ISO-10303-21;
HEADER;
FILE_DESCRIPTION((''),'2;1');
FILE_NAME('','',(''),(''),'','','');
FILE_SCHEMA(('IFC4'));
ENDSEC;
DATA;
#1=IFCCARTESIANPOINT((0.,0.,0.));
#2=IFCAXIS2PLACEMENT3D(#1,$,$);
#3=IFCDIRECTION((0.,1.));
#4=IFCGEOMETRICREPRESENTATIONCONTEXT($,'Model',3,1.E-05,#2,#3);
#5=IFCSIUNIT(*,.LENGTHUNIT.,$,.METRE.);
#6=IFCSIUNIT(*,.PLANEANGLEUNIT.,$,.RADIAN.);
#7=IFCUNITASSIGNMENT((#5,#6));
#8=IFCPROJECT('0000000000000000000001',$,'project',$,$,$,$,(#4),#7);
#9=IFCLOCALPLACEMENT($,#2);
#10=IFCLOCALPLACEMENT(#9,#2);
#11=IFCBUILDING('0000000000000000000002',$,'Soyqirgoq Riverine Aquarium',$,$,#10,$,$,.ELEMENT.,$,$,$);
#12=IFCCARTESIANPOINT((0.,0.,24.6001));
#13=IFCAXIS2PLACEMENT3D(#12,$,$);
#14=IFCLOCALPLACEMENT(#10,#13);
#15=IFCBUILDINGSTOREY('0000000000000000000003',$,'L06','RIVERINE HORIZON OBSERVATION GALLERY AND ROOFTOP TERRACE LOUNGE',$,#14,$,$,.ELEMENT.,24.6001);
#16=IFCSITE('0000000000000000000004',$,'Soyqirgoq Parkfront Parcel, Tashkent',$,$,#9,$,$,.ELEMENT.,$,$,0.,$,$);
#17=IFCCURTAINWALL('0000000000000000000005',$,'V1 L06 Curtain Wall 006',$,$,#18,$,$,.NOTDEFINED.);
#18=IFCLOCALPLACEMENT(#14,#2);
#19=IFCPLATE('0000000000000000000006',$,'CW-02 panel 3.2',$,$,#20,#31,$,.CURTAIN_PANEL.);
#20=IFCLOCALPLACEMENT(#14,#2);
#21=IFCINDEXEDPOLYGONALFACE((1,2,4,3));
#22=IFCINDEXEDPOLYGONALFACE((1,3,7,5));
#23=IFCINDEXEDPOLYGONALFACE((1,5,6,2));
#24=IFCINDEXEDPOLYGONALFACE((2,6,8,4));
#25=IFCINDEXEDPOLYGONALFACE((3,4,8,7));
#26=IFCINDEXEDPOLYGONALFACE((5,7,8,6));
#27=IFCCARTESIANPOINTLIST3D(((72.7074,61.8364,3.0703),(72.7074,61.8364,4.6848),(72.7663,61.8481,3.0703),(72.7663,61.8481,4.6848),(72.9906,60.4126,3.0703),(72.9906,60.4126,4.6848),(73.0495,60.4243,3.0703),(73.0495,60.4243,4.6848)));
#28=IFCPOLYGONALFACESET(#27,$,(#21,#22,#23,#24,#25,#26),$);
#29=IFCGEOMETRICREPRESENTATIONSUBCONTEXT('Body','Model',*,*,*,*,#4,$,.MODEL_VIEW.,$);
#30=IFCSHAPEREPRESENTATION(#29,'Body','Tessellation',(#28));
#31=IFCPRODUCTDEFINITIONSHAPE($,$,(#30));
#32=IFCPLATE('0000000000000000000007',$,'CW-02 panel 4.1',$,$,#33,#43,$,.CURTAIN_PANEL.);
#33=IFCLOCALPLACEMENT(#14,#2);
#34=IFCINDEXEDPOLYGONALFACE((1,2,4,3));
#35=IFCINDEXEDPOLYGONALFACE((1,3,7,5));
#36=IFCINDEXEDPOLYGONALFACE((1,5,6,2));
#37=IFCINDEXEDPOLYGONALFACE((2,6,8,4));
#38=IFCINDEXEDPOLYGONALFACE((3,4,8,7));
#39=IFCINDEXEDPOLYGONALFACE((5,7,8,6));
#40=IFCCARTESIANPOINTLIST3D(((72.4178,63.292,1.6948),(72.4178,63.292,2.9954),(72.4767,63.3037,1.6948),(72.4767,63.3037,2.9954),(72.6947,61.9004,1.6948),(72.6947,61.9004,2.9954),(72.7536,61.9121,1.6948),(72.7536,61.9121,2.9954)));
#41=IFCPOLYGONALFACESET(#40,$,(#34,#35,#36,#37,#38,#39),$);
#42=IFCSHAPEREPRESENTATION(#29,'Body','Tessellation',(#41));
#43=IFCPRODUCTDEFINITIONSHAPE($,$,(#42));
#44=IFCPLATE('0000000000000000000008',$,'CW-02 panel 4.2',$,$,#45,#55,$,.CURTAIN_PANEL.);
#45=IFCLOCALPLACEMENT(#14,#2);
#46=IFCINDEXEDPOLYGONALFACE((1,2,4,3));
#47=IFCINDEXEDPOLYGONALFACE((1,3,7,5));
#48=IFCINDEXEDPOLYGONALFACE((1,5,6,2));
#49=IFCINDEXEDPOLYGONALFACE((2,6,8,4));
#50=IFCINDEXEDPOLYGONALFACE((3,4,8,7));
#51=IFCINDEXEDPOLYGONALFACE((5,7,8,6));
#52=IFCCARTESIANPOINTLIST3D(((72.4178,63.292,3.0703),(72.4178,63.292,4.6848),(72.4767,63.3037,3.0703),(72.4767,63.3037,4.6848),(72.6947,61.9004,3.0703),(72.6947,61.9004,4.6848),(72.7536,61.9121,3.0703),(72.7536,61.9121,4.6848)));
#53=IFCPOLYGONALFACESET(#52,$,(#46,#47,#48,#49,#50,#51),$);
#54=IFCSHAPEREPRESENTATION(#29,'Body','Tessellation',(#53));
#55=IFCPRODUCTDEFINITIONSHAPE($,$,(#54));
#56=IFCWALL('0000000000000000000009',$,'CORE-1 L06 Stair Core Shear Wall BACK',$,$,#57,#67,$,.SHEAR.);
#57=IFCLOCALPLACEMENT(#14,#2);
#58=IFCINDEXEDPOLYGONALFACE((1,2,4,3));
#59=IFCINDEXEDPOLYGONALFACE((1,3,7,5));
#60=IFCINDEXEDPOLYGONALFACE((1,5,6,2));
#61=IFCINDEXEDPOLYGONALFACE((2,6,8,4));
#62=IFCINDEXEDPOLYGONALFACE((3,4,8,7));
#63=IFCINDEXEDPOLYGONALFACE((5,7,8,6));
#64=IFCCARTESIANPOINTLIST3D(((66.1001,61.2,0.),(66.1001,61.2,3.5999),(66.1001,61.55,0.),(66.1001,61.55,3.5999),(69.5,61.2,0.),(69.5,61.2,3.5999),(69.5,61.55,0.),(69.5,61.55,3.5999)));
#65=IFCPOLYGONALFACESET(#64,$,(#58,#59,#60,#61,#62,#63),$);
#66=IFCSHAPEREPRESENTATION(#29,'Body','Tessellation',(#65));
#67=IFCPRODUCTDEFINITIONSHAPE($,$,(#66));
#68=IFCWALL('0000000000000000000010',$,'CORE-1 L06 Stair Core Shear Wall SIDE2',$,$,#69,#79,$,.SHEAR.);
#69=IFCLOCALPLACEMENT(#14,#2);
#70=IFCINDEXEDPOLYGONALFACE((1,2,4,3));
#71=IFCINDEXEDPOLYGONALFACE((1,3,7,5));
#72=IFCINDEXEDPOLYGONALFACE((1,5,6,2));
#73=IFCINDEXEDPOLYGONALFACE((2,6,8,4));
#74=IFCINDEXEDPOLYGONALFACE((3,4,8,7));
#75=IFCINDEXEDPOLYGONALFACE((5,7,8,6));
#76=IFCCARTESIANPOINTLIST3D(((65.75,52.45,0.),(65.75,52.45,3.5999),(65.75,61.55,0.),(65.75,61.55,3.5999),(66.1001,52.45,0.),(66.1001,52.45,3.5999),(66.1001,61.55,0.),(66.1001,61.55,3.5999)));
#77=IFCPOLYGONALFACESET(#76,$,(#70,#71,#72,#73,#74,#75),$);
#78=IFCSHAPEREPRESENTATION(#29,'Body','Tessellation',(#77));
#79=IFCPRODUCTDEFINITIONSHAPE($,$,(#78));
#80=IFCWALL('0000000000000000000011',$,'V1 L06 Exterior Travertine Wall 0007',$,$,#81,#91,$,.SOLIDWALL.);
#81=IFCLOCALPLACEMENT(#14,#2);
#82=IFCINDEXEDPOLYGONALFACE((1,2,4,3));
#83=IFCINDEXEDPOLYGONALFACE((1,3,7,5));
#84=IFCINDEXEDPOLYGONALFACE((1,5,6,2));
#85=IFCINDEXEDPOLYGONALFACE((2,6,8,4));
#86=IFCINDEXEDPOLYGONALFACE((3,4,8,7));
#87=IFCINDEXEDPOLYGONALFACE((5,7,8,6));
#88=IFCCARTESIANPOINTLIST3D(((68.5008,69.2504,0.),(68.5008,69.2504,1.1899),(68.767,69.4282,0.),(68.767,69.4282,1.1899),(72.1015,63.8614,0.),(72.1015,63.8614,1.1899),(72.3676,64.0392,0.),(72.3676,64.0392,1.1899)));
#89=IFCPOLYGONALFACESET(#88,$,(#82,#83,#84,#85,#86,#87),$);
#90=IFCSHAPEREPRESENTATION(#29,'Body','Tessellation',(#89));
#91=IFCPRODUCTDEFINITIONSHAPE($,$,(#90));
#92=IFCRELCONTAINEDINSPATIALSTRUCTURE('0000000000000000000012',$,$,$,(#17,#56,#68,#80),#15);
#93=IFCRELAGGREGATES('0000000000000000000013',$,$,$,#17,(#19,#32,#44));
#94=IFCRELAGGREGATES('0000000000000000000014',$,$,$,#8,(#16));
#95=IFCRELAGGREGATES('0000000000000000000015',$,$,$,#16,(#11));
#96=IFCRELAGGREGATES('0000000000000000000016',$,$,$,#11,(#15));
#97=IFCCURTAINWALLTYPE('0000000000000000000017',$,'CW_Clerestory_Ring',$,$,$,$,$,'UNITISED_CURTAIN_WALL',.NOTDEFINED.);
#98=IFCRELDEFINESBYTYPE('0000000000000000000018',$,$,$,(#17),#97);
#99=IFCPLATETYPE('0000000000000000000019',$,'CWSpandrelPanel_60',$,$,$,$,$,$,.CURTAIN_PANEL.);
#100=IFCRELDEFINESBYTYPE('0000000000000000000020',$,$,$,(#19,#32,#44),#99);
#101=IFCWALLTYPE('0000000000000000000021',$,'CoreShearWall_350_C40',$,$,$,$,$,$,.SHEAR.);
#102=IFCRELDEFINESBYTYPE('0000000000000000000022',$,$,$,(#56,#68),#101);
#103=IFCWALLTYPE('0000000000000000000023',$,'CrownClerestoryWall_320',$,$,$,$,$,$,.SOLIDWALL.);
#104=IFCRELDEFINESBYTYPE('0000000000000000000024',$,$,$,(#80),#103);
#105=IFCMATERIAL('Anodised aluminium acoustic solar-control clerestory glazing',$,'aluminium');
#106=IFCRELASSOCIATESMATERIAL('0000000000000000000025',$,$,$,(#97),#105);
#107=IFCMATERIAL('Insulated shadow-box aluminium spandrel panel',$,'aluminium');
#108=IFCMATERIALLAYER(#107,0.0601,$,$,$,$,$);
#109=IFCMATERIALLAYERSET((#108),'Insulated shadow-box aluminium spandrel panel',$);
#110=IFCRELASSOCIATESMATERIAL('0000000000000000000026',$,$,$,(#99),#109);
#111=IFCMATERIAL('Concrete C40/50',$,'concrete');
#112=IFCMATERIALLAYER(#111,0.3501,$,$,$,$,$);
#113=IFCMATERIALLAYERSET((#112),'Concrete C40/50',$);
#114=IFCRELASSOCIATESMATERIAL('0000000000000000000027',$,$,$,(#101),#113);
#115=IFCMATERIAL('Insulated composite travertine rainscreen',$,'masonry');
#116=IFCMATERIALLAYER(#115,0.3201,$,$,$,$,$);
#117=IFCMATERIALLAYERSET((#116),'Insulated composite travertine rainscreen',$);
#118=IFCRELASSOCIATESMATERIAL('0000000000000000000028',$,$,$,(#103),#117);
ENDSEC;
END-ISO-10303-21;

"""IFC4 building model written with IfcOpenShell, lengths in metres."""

from ifc_helpers import new_model, si_unit, direction, frame, frame_2d, origin, origin_2d, place, context, subcontext, project, spatial, rectangle, extrude, material, layer, layer_set, type_object, element, aggregate, save


model = new_model("IFC4")

# Units and contexts
model_context = context("Model", 3, precision=1e-05, world=origin(), true_north=direction((0.0, 1.0)))
body_context = subcontext(model_context, "Body", "Model", "MODEL_VIEW")
ifc_project = project(units=[si_unit("LENGTHUNIT", "METRE"), si_unit("PLANEANGLEUNIT", "RADIAN")], contexts=[model_context])

# Site, building, storey
site_placement = place(None, origin())
site = spatial("IfcSite", under=ifc_project, at=site_placement, Name="Soyqirgoq Parkfront Parcel, Tashkent", CompositionType="ELEMENT", RefElevation=0.0)
building_placement = place(site_placement, origin())
building = spatial("IfcBuilding", under=site, at=building_placement, Name="Soyqirgoq Riverine Aquarium", CompositionType="ELEMENT")
storey_placement = place(building_placement, frame((0.0, 0.0, 24.6001)))
storey = spatial("IfcBuildingStorey", under=building, at=storey_placement, Name="L06", Description="RIVERINE HORIZON OBSERVATION GALLERY AND ROOFTOP TERRACE LOUNGE", CompositionType="ELEMENT", Elevation=24.6001)

# Curtain wall
ifc_material_1 = material(Name="Anodised aluminium acoustic solar-control clerestory glazing", Category="aluminium")
curtain_wall_type = type_object("IfcCurtainWallType", Name="CW_Clerestory_Ring", ElementType="UNITISED_CURTAIN_WALL", PredefinedType="NOTDEFINED", material=ifc_material_1)
curtain_wall_1_placement = place(storey_placement, origin())
curtain_wall_1 = element("IfcCurtainWall", 1, at=curtain_wall_1_placement, inside=storey, type_object=curtain_wall_type, Name="V1 L06 Curtain Wall 006", PredefinedType="NOTDEFINED")

# Plates
ifc_material_2 = material(Name="Insulated shadow-box aluminium spandrel panel", Category="aluminium")
ifc_layer_1 = layer(ifc_material_2, 0.0601)
ifc_layer_set_1 = layer_set([ifc_layer_1], Name="Insulated shadow-box aluminium spandrel panel")
plate_type_1 = type_object("IfcPlateType", Name="CWSpandrelPanel_60", PredefinedType="CURTAIN_PANEL", material=ifc_layer_set_1)
plate_1_placement = place(storey_placement, frame((72.8784, 61.1304, 3.0703), z_axis=(0.0, 0.0, 1.0), x_axis=(-0.195095, 0.980784, 0.0)))
plate_1 = element("IfcPlate", 2, at=plate_1_placement, type_object=plate_type_1, Name="CW-02 panel 3.2", PredefinedType="CURTAIN_PANEL", context=body_context, shape_type="SweptSolid", body=[
    extrude(rectangle(XDim=1.4517, YDim=0.0601, at=origin_2d()), origin(), (0.0, 0.0, 1.0), 1.6145),
])
plate_2_placement = place(storey_placement, frame((72.5857, 62.6021, 1.6948), z_axis=(0.0, 0.0, 1.0), x_axis=(-0.195095, 0.980784, 0.0)))
plate_2 = element("IfcPlate", 3, at=plate_2_placement, type_object=plate_type_1, Name="CW-02 panel 4.1", PredefinedType="CURTAIN_PANEL", context=body_context, shape_type="SweptSolid", body=[
    extrude(rectangle(XDim=1.4189, YDim=0.0601, at=origin_2d()), origin(), (0.0, 0.0, 1.0), 1.3005),
])
plate_3_placement = place(storey_placement, frame((72.5857, 62.6021, 3.0703), z_axis=(0.0, 0.0, 1.0), x_axis=(-0.195095, 0.980784, 0.0)))
plate_3 = element("IfcPlate", 4, at=plate_3_placement, type_object=plate_type_1, Name="CW-02 panel 4.2", PredefinedType="CURTAIN_PANEL", context=body_context, shape_type="SweptSolid", body=[
    extrude(rectangle(XDim=1.4189, YDim=0.0601, at=origin_2d()), origin(), (0.0, 0.0, 1.0), 1.6145),
])
aggregate(curtain_wall_1, [plate_1, plate_2, plate_3])

# Walls
ifc_material_3 = material(Name="Concrete C40/50", Category="concrete")
ifc_layer_2 = layer(ifc_material_3, 0.3501)
ifc_layer_set_2 = layer_set([ifc_layer_2], Name="Concrete C40/50")
wall_type_1 = type_object("IfcWallType", Name="CoreShearWall_350_C40", PredefinedType="SHEAR", material=ifc_layer_set_2)
wall_1_placement = place(storey_placement, frame((69.5, 61.375, 0.0), z_axis=(0.0, 0.0, 1.0), x_axis=(-1.0, 0.0, 0.0)))
element("IfcWall", 5, at=wall_1_placement, inside=storey, type_object=wall_type_1, Name="CORE-1 L06 Stair Core Shear Wall BACK", PredefinedType="SHEAR", context=body_context, shape_type="SweptSolid", body=[
    extrude(rectangle(XDim=3.3999, YDim=0.3501, at=frame_2d((1.7, 0.0))), origin(), (0.0, 0.0, 1.0), 3.5999),
])
wall_2_placement = place(storey_placement, frame((65.925, 61.55, 0.0), z_axis=(0.0, 0.0, 1.0), x_axis=(0.0, -1.0, 0.0)))
element("IfcWall", 6, at=wall_2_placement, inside=storey, type_object=wall_type_1, Name="CORE-1 L06 Stair Core Shear Wall SIDE2", PredefinedType="SHEAR", context=body_context, shape_type="SweptSolid", body=[
    extrude(rectangle(XDim=9.1001, YDim=0.3501, at=frame_2d((4.55, 0.0))), origin(), (0.0, 0.0, 1.0), 3.5999),
])
ifc_material_4 = material(Name="Insulated composite travertine rainscreen", Category="masonry")
ifc_layer_3 = layer(ifc_material_4, 0.3201)
ifc_layer_set_3 = layer_set([ifc_layer_3], Name="Insulated composite travertine rainscreen")
wall_type_2 = type_object("IfcWallType", Name="CrownClerestoryWall_320", PredefinedType="SOLIDWALL", material=ifc_layer_set_3)
wall_3_placement = place(storey_placement, frame((72.2346, 63.9502, 0.0), z_axis=(0.0, 0.0, 1.0), x_axis=(-0.555552, 0.831482, 0.0)))
element("IfcWall", 7, at=wall_3_placement, inside=storey, type_object=wall_type_2, Name="V1 L06 Exterior Travertine Wall 0007", PredefinedType="SOLIDWALL", context=body_context, shape_type="SweptSolid", body=[
    extrude(rectangle(XDim=6.4812, YDim=0.3201, at=frame_2d((3.2407, 0.0))), origin(), (0.0, 0.0, 1.0), 1.1899),
])

save(model, "model.ifc")
